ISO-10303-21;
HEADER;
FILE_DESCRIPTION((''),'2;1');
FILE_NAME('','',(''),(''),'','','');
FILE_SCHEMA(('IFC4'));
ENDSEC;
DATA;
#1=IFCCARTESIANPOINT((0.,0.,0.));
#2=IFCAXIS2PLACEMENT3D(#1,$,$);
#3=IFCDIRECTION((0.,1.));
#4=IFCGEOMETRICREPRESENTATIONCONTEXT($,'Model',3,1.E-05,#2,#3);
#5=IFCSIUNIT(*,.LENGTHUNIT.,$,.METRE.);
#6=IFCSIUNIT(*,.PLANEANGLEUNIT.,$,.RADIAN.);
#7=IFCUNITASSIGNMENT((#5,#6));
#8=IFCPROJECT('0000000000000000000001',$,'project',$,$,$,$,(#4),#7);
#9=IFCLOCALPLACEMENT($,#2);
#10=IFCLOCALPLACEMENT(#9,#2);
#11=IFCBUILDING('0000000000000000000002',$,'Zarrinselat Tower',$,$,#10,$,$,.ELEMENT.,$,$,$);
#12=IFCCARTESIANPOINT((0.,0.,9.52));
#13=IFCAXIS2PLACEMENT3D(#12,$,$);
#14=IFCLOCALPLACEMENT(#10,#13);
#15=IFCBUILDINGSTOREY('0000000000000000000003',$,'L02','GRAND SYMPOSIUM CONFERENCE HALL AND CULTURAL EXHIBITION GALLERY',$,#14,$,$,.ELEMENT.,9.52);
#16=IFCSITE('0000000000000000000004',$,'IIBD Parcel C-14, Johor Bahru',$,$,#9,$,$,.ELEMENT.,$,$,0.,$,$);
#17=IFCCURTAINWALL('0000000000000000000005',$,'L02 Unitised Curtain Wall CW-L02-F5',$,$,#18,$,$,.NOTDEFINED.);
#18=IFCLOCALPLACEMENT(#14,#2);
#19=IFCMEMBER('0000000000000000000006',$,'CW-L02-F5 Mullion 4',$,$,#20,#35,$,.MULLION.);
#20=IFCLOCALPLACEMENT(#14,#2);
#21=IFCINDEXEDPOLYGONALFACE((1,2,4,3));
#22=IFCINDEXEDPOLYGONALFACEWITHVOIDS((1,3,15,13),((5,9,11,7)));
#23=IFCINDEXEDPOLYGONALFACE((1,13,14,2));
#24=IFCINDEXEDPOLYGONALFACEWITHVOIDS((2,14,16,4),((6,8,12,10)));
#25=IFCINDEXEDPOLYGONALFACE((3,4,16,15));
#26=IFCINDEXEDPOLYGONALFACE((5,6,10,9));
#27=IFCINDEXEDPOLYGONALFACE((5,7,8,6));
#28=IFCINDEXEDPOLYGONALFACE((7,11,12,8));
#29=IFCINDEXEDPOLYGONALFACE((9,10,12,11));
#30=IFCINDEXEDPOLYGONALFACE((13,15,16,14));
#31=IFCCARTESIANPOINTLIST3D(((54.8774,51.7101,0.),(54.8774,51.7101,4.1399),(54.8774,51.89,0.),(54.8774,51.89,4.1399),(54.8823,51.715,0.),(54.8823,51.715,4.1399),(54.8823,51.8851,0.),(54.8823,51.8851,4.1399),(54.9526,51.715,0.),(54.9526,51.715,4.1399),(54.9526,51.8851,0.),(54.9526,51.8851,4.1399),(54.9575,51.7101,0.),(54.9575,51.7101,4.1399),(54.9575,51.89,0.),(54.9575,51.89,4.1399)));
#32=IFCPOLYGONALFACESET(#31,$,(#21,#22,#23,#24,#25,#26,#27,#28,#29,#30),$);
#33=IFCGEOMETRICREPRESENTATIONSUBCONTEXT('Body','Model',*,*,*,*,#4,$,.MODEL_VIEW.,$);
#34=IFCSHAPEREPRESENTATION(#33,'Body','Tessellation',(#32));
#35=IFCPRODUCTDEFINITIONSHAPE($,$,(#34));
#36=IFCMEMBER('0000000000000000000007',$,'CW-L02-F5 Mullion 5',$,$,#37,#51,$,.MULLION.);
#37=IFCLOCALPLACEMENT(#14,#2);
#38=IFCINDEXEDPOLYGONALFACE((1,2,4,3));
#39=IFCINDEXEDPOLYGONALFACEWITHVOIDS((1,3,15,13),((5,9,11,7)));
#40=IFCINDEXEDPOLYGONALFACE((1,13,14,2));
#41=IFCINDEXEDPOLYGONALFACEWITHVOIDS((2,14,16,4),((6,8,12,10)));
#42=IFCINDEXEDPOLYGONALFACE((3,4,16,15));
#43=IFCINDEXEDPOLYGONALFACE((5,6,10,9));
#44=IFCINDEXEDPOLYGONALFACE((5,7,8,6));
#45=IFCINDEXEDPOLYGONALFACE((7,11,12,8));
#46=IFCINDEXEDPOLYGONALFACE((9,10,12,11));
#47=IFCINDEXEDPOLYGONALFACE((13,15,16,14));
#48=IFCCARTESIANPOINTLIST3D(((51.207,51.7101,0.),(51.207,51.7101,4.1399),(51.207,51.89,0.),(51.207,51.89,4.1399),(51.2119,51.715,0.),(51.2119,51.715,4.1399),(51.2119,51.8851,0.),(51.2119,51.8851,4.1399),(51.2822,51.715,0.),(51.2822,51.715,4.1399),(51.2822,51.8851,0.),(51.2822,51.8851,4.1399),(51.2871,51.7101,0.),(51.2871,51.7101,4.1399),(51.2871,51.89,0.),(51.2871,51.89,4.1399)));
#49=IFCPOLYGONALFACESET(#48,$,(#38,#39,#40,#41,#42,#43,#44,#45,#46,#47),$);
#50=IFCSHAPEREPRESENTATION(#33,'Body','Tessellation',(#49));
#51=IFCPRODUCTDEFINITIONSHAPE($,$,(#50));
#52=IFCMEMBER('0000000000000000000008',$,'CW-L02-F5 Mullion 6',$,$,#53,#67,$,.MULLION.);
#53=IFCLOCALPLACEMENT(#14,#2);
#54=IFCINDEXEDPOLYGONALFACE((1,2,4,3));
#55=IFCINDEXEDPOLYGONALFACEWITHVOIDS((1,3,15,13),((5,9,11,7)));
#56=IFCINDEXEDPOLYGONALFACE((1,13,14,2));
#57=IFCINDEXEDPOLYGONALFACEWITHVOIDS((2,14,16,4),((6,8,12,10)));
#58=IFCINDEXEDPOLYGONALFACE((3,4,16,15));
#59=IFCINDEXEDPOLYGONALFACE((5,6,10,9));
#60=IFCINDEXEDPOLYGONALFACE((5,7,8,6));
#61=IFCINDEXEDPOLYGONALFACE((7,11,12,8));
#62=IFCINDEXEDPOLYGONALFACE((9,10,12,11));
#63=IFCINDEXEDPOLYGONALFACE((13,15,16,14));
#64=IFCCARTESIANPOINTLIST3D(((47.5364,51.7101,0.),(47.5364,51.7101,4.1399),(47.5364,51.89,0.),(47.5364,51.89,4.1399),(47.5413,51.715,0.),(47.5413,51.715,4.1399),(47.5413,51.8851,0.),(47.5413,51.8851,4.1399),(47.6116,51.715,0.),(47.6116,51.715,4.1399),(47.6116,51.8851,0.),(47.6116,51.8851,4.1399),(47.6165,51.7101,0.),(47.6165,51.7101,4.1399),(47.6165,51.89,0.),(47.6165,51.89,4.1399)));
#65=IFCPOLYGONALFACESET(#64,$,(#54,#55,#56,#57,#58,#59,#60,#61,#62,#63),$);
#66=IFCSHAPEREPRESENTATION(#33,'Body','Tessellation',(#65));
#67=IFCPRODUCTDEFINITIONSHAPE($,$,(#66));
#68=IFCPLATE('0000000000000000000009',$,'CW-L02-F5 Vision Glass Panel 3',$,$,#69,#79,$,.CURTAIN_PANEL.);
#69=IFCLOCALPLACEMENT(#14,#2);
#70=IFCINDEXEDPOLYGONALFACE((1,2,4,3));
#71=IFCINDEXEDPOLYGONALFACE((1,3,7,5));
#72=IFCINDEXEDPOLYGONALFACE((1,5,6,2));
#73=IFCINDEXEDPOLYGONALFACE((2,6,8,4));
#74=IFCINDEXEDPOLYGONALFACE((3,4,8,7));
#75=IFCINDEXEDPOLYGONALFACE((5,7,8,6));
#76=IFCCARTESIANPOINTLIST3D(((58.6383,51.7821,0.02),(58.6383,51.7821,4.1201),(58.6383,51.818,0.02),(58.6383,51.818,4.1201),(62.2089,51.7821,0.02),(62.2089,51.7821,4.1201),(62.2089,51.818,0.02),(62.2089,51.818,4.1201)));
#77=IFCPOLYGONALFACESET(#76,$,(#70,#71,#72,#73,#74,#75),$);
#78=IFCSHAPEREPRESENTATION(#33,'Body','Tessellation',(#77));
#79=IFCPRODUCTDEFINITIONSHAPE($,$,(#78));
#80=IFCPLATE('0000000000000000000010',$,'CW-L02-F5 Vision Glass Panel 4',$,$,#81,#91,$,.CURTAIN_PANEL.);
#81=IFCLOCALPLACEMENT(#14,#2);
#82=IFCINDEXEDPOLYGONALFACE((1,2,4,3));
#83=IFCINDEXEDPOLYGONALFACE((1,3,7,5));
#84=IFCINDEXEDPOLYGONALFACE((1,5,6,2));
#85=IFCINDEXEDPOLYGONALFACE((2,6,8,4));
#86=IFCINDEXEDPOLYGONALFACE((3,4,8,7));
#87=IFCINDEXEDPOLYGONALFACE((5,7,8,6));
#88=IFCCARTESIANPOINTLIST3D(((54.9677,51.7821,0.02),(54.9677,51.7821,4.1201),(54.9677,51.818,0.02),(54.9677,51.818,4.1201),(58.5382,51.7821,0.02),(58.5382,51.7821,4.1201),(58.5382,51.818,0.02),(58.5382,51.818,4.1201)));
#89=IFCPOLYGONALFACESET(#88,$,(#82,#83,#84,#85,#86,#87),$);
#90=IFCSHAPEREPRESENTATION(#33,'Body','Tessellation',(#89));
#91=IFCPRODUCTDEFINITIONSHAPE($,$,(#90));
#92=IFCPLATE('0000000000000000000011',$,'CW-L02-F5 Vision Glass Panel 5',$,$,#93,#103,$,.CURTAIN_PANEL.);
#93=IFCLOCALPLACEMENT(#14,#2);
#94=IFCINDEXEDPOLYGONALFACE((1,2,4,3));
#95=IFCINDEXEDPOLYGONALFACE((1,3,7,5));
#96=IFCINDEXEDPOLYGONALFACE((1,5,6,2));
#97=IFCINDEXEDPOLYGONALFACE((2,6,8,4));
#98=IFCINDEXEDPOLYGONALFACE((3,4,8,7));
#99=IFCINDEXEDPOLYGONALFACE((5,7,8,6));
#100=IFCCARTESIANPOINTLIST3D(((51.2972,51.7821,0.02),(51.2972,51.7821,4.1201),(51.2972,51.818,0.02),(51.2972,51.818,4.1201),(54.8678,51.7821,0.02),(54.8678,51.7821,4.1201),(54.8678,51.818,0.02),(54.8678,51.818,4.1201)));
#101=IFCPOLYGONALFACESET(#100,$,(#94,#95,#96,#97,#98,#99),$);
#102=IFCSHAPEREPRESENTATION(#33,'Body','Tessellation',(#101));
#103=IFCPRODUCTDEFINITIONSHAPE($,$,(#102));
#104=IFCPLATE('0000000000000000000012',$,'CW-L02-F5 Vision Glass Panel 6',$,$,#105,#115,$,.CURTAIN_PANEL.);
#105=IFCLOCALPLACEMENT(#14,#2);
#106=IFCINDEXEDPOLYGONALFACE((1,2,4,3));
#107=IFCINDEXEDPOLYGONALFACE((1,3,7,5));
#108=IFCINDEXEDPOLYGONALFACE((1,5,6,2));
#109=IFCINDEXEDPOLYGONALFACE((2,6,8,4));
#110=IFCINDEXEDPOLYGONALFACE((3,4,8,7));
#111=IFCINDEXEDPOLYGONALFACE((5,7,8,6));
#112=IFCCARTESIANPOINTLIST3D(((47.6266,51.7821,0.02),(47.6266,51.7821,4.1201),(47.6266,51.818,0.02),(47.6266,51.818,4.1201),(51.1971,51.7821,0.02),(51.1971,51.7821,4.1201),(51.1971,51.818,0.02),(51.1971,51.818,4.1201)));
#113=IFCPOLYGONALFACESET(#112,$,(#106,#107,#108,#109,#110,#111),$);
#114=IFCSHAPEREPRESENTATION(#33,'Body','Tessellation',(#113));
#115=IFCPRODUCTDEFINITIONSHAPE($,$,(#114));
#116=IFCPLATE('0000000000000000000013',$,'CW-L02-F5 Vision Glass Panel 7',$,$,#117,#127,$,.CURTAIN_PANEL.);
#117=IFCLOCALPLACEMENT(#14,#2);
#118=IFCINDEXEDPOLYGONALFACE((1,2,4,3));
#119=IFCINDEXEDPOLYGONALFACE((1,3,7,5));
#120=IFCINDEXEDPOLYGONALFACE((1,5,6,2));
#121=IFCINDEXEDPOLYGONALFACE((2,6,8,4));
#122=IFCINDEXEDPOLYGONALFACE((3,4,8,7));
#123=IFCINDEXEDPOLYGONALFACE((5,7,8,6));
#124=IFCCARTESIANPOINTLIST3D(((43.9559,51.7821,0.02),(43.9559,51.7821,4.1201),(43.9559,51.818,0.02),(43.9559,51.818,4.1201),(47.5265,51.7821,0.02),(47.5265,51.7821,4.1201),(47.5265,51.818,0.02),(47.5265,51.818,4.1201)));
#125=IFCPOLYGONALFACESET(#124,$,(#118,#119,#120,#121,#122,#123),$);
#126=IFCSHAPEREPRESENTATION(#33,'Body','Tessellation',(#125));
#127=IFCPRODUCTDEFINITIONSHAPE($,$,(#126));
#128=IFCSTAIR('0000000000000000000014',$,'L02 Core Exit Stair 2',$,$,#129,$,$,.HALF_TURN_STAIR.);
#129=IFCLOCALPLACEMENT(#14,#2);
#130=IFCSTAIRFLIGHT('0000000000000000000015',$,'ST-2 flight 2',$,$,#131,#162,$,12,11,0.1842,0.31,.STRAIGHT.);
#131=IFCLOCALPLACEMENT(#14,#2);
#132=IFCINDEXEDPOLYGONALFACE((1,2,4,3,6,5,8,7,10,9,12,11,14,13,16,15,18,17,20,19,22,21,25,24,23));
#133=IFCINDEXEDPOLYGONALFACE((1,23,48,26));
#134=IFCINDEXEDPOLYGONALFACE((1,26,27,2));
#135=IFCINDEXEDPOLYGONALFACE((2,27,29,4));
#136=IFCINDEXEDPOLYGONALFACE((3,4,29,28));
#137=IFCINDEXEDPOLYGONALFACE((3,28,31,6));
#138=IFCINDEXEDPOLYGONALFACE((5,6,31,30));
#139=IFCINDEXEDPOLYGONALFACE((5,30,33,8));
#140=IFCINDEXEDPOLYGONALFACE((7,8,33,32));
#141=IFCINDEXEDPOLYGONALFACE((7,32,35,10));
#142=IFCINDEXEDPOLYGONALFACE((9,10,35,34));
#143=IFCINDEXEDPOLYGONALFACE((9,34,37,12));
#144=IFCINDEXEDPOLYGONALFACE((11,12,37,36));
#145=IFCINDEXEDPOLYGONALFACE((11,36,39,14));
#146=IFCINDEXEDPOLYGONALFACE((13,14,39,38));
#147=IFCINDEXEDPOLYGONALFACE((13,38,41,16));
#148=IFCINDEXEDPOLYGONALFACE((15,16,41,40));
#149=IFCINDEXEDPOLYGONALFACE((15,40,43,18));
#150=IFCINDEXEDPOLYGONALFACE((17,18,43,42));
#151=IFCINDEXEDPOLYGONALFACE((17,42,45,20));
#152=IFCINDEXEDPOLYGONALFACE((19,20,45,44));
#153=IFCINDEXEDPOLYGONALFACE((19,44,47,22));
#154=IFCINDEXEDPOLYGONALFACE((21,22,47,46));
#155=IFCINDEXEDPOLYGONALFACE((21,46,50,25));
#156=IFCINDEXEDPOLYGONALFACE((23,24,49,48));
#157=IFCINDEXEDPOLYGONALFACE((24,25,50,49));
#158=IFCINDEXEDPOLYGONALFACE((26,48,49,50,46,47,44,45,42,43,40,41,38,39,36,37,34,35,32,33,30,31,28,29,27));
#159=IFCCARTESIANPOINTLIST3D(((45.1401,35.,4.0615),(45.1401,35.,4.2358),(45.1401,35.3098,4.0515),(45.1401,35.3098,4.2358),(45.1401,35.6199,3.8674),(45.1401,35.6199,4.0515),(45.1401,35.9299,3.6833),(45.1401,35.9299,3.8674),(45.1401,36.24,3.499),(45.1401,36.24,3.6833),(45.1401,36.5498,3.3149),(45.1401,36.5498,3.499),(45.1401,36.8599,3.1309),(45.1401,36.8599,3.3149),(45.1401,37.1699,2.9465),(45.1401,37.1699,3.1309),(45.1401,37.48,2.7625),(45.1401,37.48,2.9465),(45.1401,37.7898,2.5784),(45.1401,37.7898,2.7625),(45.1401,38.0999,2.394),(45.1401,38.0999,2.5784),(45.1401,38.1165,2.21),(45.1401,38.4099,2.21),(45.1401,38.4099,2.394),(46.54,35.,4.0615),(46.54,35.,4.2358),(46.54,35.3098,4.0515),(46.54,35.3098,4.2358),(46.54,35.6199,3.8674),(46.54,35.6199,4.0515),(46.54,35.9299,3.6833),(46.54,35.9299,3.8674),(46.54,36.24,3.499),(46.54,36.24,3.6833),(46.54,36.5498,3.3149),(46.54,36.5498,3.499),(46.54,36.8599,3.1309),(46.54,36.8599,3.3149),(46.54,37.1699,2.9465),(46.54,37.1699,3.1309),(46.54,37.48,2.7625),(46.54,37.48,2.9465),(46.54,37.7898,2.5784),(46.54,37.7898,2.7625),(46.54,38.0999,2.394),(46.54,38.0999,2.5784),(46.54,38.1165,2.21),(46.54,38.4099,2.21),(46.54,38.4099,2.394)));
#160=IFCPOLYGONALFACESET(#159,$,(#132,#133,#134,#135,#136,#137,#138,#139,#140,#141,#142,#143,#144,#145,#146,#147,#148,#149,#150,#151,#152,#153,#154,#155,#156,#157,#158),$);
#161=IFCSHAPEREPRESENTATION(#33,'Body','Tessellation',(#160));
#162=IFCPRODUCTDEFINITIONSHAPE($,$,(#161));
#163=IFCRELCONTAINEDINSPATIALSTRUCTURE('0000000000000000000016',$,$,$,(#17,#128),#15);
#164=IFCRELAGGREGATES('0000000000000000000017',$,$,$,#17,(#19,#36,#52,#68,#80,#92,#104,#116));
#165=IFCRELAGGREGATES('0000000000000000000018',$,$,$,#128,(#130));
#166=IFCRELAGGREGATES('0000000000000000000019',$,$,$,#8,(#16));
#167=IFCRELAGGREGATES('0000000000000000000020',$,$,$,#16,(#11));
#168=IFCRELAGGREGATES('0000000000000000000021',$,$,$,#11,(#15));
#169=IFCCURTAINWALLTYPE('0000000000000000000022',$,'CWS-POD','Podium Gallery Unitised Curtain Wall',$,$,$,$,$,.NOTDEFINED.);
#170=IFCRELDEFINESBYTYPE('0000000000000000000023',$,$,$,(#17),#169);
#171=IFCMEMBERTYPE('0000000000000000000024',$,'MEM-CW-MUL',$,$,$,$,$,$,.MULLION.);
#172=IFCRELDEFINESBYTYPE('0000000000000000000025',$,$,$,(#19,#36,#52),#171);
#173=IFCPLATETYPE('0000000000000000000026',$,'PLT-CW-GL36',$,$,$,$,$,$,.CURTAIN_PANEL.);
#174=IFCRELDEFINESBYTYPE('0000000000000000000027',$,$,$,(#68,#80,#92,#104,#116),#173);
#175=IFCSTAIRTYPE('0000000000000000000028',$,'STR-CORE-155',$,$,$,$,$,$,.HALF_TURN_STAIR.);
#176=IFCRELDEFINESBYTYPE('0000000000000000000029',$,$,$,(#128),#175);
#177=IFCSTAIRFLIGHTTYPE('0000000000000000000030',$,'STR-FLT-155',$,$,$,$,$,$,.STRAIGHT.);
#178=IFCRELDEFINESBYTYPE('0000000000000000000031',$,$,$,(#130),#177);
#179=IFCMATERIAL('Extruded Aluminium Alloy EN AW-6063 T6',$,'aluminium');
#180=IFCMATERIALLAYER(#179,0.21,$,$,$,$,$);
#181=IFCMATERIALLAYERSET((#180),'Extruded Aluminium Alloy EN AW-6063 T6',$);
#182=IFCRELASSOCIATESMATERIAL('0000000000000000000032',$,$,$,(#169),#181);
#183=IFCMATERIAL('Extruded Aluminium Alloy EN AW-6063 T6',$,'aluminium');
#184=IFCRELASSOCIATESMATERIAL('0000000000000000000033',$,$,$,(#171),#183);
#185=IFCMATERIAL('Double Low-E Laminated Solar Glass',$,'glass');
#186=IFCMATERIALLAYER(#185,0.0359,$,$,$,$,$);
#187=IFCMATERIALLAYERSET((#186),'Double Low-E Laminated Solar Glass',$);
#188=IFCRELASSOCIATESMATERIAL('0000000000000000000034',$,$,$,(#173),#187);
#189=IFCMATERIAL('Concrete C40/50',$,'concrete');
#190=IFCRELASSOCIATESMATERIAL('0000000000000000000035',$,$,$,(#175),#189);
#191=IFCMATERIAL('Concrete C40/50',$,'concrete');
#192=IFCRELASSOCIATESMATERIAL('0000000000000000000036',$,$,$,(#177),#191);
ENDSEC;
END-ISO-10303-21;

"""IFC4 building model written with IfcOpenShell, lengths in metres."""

from ifc_helpers import new_model, si_unit, direction, frame, origin, origin_2d, place, context, subcontext, project, spatial, polyline, rectangle, hollow_rectangle, outline, extrude, material, layer, layer_set, material_profile, profile_set, type_object, element, aggregate, save


model = new_model("IFC4")

# Units and contexts
model_context = context("Model", 3, precision=1e-05, world=origin(), true_north=direction((0.0, 1.0)))
body_context = subcontext(model_context, "Body", "Model", "MODEL_VIEW")
ifc_project = project(units=[si_unit("LENGTHUNIT", "METRE"), si_unit("PLANEANGLEUNIT", "RADIAN")], contexts=[model_context])

# Site, building, storey
site_placement = place(None, origin())
site = spatial("IfcSite", under=ifc_project, at=site_placement, Name="IIBD Parcel C-14, Johor Bahru", CompositionType="ELEMENT", RefElevation=0.0)
building_placement = place(site_placement, origin())
building = spatial("IfcBuilding", under=site, at=building_placement, Name="Zarrinselat Tower", CompositionType="ELEMENT")
storey_placement = place(building_placement, frame((0.0, 0.0, 9.52)))
storey = spatial("IfcBuildingStorey", under=building, at=storey_placement, Name="L02", Description="GRAND SYMPOSIUM CONFERENCE HALL AND CULTURAL EXHIBITION GALLERY", CompositionType="ELEMENT", Elevation=9.52)

# Curtain wall, members, plates
ifc_material_1 = material(Name="Extruded Aluminium Alloy EN AW-6063 T6", Category="aluminium")
ifc_layer_1 = layer(ifc_material_1, 0.21)
ifc_layer_set_1 = layer_set([ifc_layer_1], Name="Extruded Aluminium Alloy EN AW-6063 T6")
curtain_wall_type = type_object("IfcCurtainWallType", Name="CWS-POD", Description="Podium Gallery Unitised Curtain Wall", PredefinedType="NOTDEFINED", material=ifc_layer_set_1)
curtain_wall_placement = place(storey_placement, origin())
curtain_wall = element("IfcCurtainWall", 1, at=curtain_wall_placement, inside=storey, type_object=curtain_wall_type, Name="L02 Unitised Curtain Wall CW-L02-F5", PredefinedType="NOTDEFINED")
ifc_material_2 = material(Name="Extruded Aluminium Alloy EN AW-6063 T6", Category="aluminium")
ifc_material_profile_1 = material_profile(ifc_material_2, hollow_rectangle(XDim=0.0801, YDim=0.1799, WallThickness=0.0049, at=origin_2d()), Name="RHS 180x80x5")
ifc_profile_set_1 = profile_set([ifc_material_profile_1], Name="Extruded Aluminium Alloy EN AW-6063 T6")
member_type = type_object("IfcMemberType", Name="MEM-CW-MUL", PredefinedType="MULLION", material=ifc_profile_set_1)
member_1_placement = place(storey_placement, frame((54.9175, 51.8, 0.0), z_axis=(0.0, 0.0, 1.0), x_axis=(-1.0, 0.0, 0.0)))
member_1 = element("IfcMember", 2, at=member_1_placement, type_object=member_type, Name="CW-L02-F5 Mullion 4", PredefinedType="MULLION", context=body_context, shape_type="SweptSolid", body=[
    extrude(hollow_rectangle(XDim=0.0801, YDim=0.1799, WallThickness=0.0049, at=origin_2d()), origin(), (0.0, 0.0, 1.0), 4.1399),
])
member_2_placement = place(storey_placement, frame((51.2471, 51.8, 0.0), z_axis=(0.0, 0.0, 1.0), x_axis=(-1.0, 0.0, 0.0)))
member_2 = element("IfcMember", 3, at=member_2_placement, type_object=member_type, Name="CW-L02-F5 Mullion 5", PredefinedType="MULLION", context=body_context, shape_type="SweptSolid", body=[
    extrude(hollow_rectangle(XDim=0.0801, YDim=0.1799, WallThickness=0.0049, at=origin_2d()), origin(), (0.0, 0.0, 1.0), 4.1399),
])
member_3_placement = place(storey_placement, frame((47.5764, 51.8, 0.0), z_axis=(0.0, 0.0, 1.0), x_axis=(-1.0, 0.0, 0.0)))
member_3 = element("IfcMember", 4, at=member_3_placement, type_object=member_type, Name="CW-L02-F5 Mullion 6", PredefinedType="MULLION", context=body_context, shape_type="SweptSolid", body=[
    extrude(hollow_rectangle(XDim=0.0801, YDim=0.1799, WallThickness=0.0049, at=origin_2d()), origin(), (0.0, 0.0, 1.0), 4.1399),
])
ifc_material_3 = material(Name="Double Low-E Laminated Solar Glass", Category="glass")
ifc_layer_2 = layer(ifc_material_3, 0.0359)
ifc_layer_set_2 = layer_set([ifc_layer_2], Name="Double Low-E Laminated Solar Glass")
plate_type = type_object("IfcPlateType", Name="PLT-CW-GL36", PredefinedType="CURTAIN_PANEL", material=ifc_layer_set_2)
plate_1_placement = place(storey_placement, frame((60.4236, 51.8, 0.02), z_axis=(0.0, 0.0, 1.0), x_axis=(-1.0, 0.0, 0.0)))
plate_1 = element("IfcPlate", 5, at=plate_1_placement, type_object=plate_type, Name="CW-L02-F5 Vision Glass Panel 3", PredefinedType="CURTAIN_PANEL", context=body_context, shape_type="SweptSolid", body=[
    extrude(rectangle(XDim=3.5706, YDim=0.0359, at=origin_2d()), origin(), (0.0, 0.0, 1.0), 4.1001),
])
plate_2_placement = place(storey_placement, frame((56.7529, 51.8, 0.02), z_axis=(0.0, 0.0, 1.0), x_axis=(-1.0, 0.0, 0.0)))
plate_2 = element("IfcPlate", 6, at=plate_2_placement, type_object=plate_type, Name="CW-L02-F5 Vision Glass Panel 4", PredefinedType="CURTAIN_PANEL", context=body_context, shape_type="SweptSolid", body=[
    extrude(rectangle(XDim=3.5706, YDim=0.0359, at=origin_2d()), origin(), (0.0, 0.0, 1.0), 4.1001),
])
plate_3_placement = place(storey_placement, frame((53.0825, 51.8, 0.02), z_axis=(0.0, 0.0, 1.0), x_axis=(-1.0, 0.0, 0.0)))
plate_3 = element("IfcPlate", 7, at=plate_3_placement, type_object=plate_type, Name="CW-L02-F5 Vision Glass Panel 5", PredefinedType="CURTAIN_PANEL", context=body_context, shape_type="SweptSolid", body=[
    extrude(rectangle(XDim=3.5706, YDim=0.0359, at=origin_2d()), origin(), (0.0, 0.0, 1.0), 4.1001),
])
plate_4_placement = place(storey_placement, frame((49.4119, 51.8, 0.02), z_axis=(0.0, 0.0, 1.0), x_axis=(-1.0, 0.0, 0.0)))
plate_4 = element("IfcPlate", 8, at=plate_4_placement, type_object=plate_type, Name="CW-L02-F5 Vision Glass Panel 6", PredefinedType="CURTAIN_PANEL", context=body_context, shape_type="SweptSolid", body=[
    extrude(rectangle(XDim=3.5706, YDim=0.0359, at=origin_2d()), origin(), (0.0, 0.0, 1.0), 4.1001),
])
plate_5_placement = place(storey_placement, frame((45.7412, 51.8, 0.02), z_axis=(0.0, 0.0, 1.0), x_axis=(-1.0, 0.0, 0.0)))
plate_5 = element("IfcPlate", 9, at=plate_5_placement, type_object=plate_type, Name="CW-L02-F5 Vision Glass Panel 7", PredefinedType="CURTAIN_PANEL", context=body_context, shape_type="SweptSolid", body=[
    extrude(rectangle(XDim=3.5706, YDim=0.0359, at=origin_2d()), origin(), (0.0, 0.0, 1.0), 4.1001),
])
aggregate(curtain_wall, [member_1, member_2, member_3, plate_1, plate_2, plate_3, plate_4, plate_5])

# Stair, stair flight
ifc_material_4 = material(Name="Concrete C40/50", Category="concrete")
stair_type = type_object("IfcStairType", Name="STR-CORE-155", PredefinedType="HALF_TURN_STAIR", material=ifc_material_4)
stair_placement = place(storey_placement, origin())
stair = element("IfcStair", 10, at=stair_placement, inside=storey, type_object=stair_type, Name="L02 Core Exit Stair 2", PredefinedType="HALF_TURN_STAIR")
ifc_material_5 = material(Name="Concrete C40/50", Category="concrete")
stair_flight_type = type_object("IfcStairFlightType", Name="STR-FLT-155", PredefinedType="STRAIGHT", material=ifc_material_5)
stair_flight_placement = place(storey_placement, frame((45.8401, 38.4099, 2.21), z_axis=(0.0, 0.0, 1.0), x_axis=(0.0, -1.0, 0.0)))
stair_flight = element("IfcStairFlight", 11, at=stair_flight_placement, type_object=stair_flight_type, Name="ST-2 flight 2", NumberOfRisers=12, NumberOfTreads=11, PredefinedType="STRAIGHT", RiserHeight=0.1842, TreadLength=0.31, context=body_context, shape_type="SweptSolid", body=[
    extrude(outline(polyline([(0.0, 0.0), (0.0, 0.1841), (0.3101, 0.1841), (0.3101, 0.3684), (0.6201, 0.3684), (0.6201, 0.5525), (0.9299, 0.5525), (0.9299, 0.7366), (1.24, 0.7366), (1.24, 0.9209), (1.55, 0.9209), (1.55, 1.105), (1.8601, 1.105), (1.8601, 1.2891), (2.1699, 1.2891), (2.1699, 1.4734), (2.48, 1.4734), (2.48, 1.6575), (2.79, 1.6575), (2.79, 1.8416), (3.1001, 1.8416), (3.1001, 2.0259), (3.4099, 2.0259), (3.4099, 2.21), (3.4099, 1.8516), (0.2935, 0.0), (0.0, 0.0)])), frame((0.0, 0.7, 0.0), z_axis=(0.0, -1.0, 0.0), x_axis=(1.0, 0.0, 0.0)), (0.0, 0.0, 1.0), 1.3999),
])
aggregate(stair, [stair_flight])

save(model, "model.ifc")
